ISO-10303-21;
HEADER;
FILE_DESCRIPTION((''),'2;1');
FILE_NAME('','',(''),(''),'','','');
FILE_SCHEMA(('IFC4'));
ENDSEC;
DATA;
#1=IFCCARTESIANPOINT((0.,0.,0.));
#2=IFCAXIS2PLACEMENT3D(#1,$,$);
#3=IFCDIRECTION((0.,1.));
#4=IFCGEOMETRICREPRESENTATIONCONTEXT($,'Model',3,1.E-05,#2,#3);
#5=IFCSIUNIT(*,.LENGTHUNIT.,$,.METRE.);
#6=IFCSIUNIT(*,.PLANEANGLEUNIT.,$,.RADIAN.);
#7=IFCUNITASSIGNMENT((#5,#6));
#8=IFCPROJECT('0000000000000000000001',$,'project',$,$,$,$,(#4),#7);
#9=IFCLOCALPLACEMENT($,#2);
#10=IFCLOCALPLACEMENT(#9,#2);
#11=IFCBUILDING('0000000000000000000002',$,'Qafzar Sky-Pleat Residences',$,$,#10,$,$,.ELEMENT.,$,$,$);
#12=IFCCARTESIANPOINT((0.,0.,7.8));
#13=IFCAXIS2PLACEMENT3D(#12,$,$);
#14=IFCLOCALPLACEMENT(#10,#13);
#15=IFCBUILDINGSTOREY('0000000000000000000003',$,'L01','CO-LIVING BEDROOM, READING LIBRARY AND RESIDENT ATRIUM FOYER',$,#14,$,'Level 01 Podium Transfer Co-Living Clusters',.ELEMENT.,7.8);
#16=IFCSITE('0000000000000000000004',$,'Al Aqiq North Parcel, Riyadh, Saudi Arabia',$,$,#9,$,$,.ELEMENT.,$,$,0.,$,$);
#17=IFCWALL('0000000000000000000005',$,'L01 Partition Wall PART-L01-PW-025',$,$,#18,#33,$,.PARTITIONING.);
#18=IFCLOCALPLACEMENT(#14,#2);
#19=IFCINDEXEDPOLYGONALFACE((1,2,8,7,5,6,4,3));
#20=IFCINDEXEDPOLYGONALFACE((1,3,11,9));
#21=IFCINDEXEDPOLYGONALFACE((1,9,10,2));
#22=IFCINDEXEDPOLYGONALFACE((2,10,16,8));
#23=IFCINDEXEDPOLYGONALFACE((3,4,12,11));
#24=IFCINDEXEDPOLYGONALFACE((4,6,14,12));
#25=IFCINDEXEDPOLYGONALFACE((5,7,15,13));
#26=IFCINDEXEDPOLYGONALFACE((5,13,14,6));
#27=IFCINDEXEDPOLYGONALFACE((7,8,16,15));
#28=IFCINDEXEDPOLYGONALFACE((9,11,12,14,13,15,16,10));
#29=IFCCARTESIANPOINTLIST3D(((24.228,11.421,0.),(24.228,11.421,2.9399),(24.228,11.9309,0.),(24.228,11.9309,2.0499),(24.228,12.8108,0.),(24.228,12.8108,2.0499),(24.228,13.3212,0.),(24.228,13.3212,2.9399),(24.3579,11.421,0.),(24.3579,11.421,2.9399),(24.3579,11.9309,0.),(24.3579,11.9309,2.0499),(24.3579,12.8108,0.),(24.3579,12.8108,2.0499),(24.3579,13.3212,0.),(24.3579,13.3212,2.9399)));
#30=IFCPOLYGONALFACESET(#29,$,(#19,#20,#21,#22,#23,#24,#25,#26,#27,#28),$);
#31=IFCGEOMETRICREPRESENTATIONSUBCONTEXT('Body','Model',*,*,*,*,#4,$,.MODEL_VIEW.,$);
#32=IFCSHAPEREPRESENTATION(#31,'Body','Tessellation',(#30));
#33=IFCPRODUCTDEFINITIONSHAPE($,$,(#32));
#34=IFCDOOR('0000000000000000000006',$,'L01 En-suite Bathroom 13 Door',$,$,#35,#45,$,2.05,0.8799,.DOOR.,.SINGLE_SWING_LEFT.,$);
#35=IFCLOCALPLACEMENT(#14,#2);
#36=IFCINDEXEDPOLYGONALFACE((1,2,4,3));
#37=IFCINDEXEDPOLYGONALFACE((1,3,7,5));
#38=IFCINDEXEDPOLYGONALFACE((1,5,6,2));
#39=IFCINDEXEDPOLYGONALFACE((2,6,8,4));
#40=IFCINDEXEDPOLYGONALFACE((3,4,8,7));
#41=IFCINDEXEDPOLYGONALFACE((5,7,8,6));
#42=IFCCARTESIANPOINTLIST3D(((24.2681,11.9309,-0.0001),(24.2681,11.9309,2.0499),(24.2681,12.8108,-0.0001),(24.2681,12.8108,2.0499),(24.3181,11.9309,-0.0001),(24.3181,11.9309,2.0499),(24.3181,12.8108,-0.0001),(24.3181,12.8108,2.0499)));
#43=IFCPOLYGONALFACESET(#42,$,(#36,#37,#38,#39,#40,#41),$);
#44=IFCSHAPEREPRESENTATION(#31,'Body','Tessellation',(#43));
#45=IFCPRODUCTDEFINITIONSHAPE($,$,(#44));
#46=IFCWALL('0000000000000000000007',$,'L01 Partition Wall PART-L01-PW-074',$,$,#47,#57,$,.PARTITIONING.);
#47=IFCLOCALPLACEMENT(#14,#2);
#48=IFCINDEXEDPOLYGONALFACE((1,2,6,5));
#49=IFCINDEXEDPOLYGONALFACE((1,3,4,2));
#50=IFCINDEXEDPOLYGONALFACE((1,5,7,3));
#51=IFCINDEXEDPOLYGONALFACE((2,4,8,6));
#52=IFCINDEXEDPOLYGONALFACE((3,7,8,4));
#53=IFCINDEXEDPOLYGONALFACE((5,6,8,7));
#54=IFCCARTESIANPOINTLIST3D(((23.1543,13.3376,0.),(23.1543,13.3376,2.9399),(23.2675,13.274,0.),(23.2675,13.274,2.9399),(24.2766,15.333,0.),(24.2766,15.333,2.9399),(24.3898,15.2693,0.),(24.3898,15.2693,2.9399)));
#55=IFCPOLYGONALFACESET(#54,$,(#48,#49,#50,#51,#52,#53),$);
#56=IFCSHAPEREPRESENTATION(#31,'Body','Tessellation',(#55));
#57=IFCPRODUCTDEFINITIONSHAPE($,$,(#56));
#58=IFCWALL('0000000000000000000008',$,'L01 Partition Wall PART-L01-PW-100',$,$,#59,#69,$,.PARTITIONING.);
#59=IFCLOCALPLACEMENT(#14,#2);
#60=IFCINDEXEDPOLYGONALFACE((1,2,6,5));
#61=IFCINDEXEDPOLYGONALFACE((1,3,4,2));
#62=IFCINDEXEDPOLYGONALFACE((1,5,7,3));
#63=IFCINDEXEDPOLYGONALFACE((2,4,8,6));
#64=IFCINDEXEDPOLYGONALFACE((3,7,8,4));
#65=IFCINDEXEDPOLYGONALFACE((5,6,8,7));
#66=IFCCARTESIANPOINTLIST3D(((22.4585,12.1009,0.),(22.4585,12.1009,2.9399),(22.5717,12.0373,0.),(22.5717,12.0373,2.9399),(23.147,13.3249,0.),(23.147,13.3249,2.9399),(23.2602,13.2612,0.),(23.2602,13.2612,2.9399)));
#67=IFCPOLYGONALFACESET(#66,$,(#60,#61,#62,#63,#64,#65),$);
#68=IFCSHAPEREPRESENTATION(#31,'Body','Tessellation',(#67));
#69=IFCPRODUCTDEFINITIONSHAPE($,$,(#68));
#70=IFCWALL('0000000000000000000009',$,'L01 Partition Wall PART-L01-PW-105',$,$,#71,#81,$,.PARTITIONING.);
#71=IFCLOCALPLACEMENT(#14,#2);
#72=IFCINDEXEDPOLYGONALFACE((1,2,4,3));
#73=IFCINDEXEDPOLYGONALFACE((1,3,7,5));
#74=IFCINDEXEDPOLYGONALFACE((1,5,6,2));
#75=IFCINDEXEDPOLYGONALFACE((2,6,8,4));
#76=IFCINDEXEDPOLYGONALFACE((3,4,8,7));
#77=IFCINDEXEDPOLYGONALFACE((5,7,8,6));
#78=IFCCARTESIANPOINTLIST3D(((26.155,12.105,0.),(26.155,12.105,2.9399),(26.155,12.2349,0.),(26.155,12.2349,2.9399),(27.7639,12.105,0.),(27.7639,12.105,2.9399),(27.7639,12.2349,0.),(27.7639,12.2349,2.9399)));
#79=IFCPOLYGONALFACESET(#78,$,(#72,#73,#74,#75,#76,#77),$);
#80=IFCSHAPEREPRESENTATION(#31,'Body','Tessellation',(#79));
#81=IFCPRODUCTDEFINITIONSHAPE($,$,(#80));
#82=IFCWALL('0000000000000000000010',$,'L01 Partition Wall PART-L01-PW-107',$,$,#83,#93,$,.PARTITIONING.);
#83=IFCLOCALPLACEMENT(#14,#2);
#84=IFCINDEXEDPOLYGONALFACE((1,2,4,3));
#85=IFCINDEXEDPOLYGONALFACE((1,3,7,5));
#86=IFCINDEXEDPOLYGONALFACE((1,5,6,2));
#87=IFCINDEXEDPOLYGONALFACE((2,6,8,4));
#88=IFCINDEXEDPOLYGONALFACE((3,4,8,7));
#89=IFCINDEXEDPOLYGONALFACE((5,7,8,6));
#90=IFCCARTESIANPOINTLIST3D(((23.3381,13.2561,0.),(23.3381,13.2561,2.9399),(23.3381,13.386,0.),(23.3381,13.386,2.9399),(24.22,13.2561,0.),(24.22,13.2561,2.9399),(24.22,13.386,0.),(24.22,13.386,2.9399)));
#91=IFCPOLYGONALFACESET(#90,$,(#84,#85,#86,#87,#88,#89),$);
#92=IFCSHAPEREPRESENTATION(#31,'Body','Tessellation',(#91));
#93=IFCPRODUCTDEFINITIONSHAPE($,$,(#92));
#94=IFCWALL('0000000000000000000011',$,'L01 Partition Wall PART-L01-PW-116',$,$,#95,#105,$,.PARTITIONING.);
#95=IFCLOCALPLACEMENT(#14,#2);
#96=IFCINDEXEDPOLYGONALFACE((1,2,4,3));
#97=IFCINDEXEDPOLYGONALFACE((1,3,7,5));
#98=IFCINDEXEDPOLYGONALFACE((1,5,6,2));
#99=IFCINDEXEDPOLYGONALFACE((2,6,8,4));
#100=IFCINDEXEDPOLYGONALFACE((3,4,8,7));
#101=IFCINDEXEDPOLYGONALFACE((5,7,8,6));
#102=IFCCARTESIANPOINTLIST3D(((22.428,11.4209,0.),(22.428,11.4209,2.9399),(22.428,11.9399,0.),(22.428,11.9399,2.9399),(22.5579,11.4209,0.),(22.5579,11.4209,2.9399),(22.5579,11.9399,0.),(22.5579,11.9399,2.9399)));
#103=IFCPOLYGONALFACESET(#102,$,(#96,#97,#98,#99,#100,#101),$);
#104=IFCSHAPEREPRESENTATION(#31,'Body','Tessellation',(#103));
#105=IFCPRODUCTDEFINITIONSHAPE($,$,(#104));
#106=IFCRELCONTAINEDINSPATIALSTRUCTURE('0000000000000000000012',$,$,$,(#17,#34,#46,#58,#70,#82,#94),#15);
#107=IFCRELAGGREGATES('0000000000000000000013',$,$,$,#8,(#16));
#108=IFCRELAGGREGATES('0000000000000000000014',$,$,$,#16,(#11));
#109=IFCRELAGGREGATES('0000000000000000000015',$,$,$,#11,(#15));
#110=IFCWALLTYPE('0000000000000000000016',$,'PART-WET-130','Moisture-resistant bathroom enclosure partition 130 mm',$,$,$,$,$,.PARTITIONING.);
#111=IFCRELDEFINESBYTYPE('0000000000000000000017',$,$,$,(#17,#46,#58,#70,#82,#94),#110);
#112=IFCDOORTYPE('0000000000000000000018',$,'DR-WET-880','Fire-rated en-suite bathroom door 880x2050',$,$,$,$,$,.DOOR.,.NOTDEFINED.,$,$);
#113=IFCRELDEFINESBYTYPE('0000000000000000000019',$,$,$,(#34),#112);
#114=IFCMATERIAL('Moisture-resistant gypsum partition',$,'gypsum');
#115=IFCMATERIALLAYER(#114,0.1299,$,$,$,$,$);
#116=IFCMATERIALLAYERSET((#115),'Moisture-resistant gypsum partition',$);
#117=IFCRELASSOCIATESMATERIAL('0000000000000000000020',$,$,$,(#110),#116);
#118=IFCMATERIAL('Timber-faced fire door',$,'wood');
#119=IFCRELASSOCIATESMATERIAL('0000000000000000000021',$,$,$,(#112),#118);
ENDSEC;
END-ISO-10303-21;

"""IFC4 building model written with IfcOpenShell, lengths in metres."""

from ifc_helpers import new_model, si_unit, direction, frame, frame_2d, origin, place, context, subcontext, project, spatial, rectangle, extrude, source, transform, mapped, material, layer, layer_set, type_object, element, fill, save


model = new_model("IFC4")

# Units and contexts
model_context = context("Model", 3, precision=1e-05, world=origin(), true_north=direction((0.0, 1.0)))
body_context = subcontext(model_context, "Body", "Model", "MODEL_VIEW")
ifc_project = project(units=[si_unit("LENGTHUNIT", "METRE"), si_unit("PLANEANGLEUNIT", "RADIAN")], contexts=[model_context])

# Site, building, storey
site_placement = place(None, origin())
site = spatial("IfcSite", under=ifc_project, at=site_placement, Name="Al Aqiq North Parcel, Riyadh, Saudi Arabia", CompositionType="ELEMENT", RefElevation=0.0)
building_placement = place(site_placement, origin())
building = spatial("IfcBuilding", under=site, at=building_placement, Name="Qafzar Sky-Pleat Residences", CompositionType="ELEMENT")
storey_placement = place(building_placement, frame((0.0, 0.0, 7.8)))
storey = spatial("IfcBuildingStorey", under=building, at=storey_placement, Name="L01", Description="CO-LIVING BEDROOM, READING LIBRARY AND RESIDENT ATRIUM FOYER", LongName="Level 01 Podium Transfer Co-Living Clusters", CompositionType="ELEMENT", Elevation=7.8)

# Shared definitions
ifc_material_1 = material(Name="Timber-faced fire door", Category="wood")

# Wall, opening, door
ifc_material_2 = material(Name="Moisture-resistant gypsum partition", Category="gypsum")
ifc_layer_1 = layer(ifc_material_2, 0.1299)
ifc_layer_set_1 = layer_set([ifc_layer_1], Name="Moisture-resistant gypsum partition")
wall_type_1 = type_object("IfcWallType", Name="PART-WET-130", Description="Moisture-resistant bathroom enclosure partition 130 mm", PredefinedType="PARTITIONING", material=ifc_layer_set_1)
wall_1_placement = place(storey_placement, frame((24.293, 11.4209, 0.0), z_axis=(0.0, 0.0, 1.0), x_axis=(0.0, 1.0, 0.0)))
wall_1 = element("IfcWall", 1, at=wall_1_placement, inside=storey, type_object=wall_type_1, Name="L01 Partition Wall PART-L01-PW-025", PredefinedType="PARTITIONING", context=body_context, shape_type="SweptSolid", body=[
    extrude(rectangle(XDim=1.9001, YDim=0.1299, at=frame_2d((0.9502, 0.0))), origin(), (0.0, 0.0, 1.0), 2.9399),
])
opening_1_placement = place(wall_1_placement, frame((0.51, 0.0, 0.0)))
opening_1 = element("IfcOpeningElement", 2, at=opening_1_placement, cuts=wall_1, PredefinedType="OPENING", context=body_context, shape_type="SweptSolid", body=[
    extrude(rectangle(XDim=0.8799, YDim=2.05, at=frame_2d((0.4399, 1.0249))), frame((0.0, 0.075, 0.0), z_axis=(0.0, -1.0, 0.0), x_axis=(1.0, 0.0, 0.0)), (0.0, 0.0, 1.0), 0.1499),
])
door_type_1 = type_object("IfcDoorType", Name="DR-WET-880", Description="Fire-rated en-suite bathroom door 880x2050", OperationType="NOTDEFINED", PredefinedType="DOOR", material=ifc_material_1)
shared_shape_1 = source(origin(), body_context, "Body", "SweptSolid", [
    extrude(rectangle(XDim=0.8799, YDim=2.05, at=frame_2d((0.4399, 1.0249))), frame((0.0, 0.0249, 0.0), z_axis=(0.0, -1.0, 0.0), x_axis=(1.0, 0.0, 0.0)), (0.0, 0.0, 1.0), 0.05),
])
door_1_placement = place(opening_1_placement, origin())
door_1 = element("IfcDoor", 3, at=door_1_placement, inside=storey, type_object=door_type_1, Name="L01 En-suite Bathroom 13 Door", OperationType="SINGLE_SWING_LEFT", OverallHeight=2.05, OverallWidth=0.8799, PredefinedType="DOOR", context=body_context, shape_type="MappedRepresentation", body=[
    mapped(shared_shape_1, transform((0.0, 0.0, 0.0), x_axis=(1.0, 0.0, 0.0), y_axis=(0.0, 1.0, 0.0), z_axis=(0.0, 0.0, 1.0), scale=1.0)),
])
fill(opening_1, door_1)

# Walls
wall_2_placement = place(storey_placement, frame((23.2109, 13.3059, 0.0), z_axis=(0.0, 0.0, 1.0), x_axis=(0.490236, 0.87159, 0.0)))
element("IfcWall", 4, at=wall_2_placement, inside=storey, type_object=wall_type_1, Name="L01 Partition Wall PART-L01-PW-074", PredefinedType="PARTITIONING", context=body_context, shape_type="SweptSolid", body=[
    extrude(rectangle(XDim=2.2893, YDim=0.1299, at=frame_2d((1.1445, 0.0))), origin(), (0.0, 0.0, 1.0), 2.9399),
])
wall_3_placement = place(storey_placement, frame((22.5151, 12.0691, 0.0), z_axis=(0.0, 0.0, 1.0), x_axis=(0.490286, 0.871562, 0.0)))
element("IfcWall", 5, at=wall_3_placement, inside=storey, type_object=wall_type_1, Name="L01 Partition Wall PART-L01-PW-100", PredefinedType="PARTITIONING", context=body_context, shape_type="SweptSolid", body=[
    extrude(rectangle(XDim=1.4043, YDim=0.1299, at=frame_2d((0.7021, 0.0))), origin(), (0.0, 0.0, 1.0), 2.9399),
])
wall_4_placement = place(storey_placement, frame((26.155, 12.1699, 0.0), z_axis=(0.0, 0.0, 1.0), x_axis=(1.0, 0.0, 0.0)))
element("IfcWall", 6, at=wall_4_placement, inside=storey, type_object=wall_type_1, Name="L01 Partition Wall PART-L01-PW-105", PredefinedType="PARTITIONING", context=body_context, shape_type="SweptSolid", body=[
    extrude(rectangle(XDim=1.6089, YDim=0.1299, at=frame_2d((0.8044, 0.0))), origin(), (0.0, 0.0, 1.0), 2.9399),
])
wall_5_placement = place(storey_placement, frame((23.3381, 13.321, 0.0), z_axis=(0.0, 0.0, 1.0), x_axis=(1.0, 0.0, 0.0)))
element("IfcWall", 7, at=wall_5_placement, inside=storey, type_object=wall_type_1, Name="L01 Partition Wall PART-L01-PW-107", PredefinedType="PARTITIONING", context=body_context, shape_type="SweptSolid", body=[
    extrude(rectangle(XDim=0.8818, YDim=0.1299, at=frame_2d((0.4409, 0.0))), origin(), (0.0, 0.0, 1.0), 2.9399),
])
wall_6_placement = place(storey_placement, frame((22.4929, 11.4209, 0.0), z_axis=(0.0, 0.0, 1.0), x_axis=(0.0, 1.0, 0.0)))
element("IfcWall", 8, at=wall_6_placement, inside=storey, type_object=wall_type_1, Name="L01 Partition Wall PART-L01-PW-116", PredefinedType="PARTITIONING", context=body_context, shape_type="SweptSolid", body=[
    extrude(rectangle(XDim=0.519, YDim=0.1299, at=frame_2d((0.2595, 0.0))), origin(), (0.0, 0.0, 1.0), 2.9399),
])

save(model, "model.ifc")
